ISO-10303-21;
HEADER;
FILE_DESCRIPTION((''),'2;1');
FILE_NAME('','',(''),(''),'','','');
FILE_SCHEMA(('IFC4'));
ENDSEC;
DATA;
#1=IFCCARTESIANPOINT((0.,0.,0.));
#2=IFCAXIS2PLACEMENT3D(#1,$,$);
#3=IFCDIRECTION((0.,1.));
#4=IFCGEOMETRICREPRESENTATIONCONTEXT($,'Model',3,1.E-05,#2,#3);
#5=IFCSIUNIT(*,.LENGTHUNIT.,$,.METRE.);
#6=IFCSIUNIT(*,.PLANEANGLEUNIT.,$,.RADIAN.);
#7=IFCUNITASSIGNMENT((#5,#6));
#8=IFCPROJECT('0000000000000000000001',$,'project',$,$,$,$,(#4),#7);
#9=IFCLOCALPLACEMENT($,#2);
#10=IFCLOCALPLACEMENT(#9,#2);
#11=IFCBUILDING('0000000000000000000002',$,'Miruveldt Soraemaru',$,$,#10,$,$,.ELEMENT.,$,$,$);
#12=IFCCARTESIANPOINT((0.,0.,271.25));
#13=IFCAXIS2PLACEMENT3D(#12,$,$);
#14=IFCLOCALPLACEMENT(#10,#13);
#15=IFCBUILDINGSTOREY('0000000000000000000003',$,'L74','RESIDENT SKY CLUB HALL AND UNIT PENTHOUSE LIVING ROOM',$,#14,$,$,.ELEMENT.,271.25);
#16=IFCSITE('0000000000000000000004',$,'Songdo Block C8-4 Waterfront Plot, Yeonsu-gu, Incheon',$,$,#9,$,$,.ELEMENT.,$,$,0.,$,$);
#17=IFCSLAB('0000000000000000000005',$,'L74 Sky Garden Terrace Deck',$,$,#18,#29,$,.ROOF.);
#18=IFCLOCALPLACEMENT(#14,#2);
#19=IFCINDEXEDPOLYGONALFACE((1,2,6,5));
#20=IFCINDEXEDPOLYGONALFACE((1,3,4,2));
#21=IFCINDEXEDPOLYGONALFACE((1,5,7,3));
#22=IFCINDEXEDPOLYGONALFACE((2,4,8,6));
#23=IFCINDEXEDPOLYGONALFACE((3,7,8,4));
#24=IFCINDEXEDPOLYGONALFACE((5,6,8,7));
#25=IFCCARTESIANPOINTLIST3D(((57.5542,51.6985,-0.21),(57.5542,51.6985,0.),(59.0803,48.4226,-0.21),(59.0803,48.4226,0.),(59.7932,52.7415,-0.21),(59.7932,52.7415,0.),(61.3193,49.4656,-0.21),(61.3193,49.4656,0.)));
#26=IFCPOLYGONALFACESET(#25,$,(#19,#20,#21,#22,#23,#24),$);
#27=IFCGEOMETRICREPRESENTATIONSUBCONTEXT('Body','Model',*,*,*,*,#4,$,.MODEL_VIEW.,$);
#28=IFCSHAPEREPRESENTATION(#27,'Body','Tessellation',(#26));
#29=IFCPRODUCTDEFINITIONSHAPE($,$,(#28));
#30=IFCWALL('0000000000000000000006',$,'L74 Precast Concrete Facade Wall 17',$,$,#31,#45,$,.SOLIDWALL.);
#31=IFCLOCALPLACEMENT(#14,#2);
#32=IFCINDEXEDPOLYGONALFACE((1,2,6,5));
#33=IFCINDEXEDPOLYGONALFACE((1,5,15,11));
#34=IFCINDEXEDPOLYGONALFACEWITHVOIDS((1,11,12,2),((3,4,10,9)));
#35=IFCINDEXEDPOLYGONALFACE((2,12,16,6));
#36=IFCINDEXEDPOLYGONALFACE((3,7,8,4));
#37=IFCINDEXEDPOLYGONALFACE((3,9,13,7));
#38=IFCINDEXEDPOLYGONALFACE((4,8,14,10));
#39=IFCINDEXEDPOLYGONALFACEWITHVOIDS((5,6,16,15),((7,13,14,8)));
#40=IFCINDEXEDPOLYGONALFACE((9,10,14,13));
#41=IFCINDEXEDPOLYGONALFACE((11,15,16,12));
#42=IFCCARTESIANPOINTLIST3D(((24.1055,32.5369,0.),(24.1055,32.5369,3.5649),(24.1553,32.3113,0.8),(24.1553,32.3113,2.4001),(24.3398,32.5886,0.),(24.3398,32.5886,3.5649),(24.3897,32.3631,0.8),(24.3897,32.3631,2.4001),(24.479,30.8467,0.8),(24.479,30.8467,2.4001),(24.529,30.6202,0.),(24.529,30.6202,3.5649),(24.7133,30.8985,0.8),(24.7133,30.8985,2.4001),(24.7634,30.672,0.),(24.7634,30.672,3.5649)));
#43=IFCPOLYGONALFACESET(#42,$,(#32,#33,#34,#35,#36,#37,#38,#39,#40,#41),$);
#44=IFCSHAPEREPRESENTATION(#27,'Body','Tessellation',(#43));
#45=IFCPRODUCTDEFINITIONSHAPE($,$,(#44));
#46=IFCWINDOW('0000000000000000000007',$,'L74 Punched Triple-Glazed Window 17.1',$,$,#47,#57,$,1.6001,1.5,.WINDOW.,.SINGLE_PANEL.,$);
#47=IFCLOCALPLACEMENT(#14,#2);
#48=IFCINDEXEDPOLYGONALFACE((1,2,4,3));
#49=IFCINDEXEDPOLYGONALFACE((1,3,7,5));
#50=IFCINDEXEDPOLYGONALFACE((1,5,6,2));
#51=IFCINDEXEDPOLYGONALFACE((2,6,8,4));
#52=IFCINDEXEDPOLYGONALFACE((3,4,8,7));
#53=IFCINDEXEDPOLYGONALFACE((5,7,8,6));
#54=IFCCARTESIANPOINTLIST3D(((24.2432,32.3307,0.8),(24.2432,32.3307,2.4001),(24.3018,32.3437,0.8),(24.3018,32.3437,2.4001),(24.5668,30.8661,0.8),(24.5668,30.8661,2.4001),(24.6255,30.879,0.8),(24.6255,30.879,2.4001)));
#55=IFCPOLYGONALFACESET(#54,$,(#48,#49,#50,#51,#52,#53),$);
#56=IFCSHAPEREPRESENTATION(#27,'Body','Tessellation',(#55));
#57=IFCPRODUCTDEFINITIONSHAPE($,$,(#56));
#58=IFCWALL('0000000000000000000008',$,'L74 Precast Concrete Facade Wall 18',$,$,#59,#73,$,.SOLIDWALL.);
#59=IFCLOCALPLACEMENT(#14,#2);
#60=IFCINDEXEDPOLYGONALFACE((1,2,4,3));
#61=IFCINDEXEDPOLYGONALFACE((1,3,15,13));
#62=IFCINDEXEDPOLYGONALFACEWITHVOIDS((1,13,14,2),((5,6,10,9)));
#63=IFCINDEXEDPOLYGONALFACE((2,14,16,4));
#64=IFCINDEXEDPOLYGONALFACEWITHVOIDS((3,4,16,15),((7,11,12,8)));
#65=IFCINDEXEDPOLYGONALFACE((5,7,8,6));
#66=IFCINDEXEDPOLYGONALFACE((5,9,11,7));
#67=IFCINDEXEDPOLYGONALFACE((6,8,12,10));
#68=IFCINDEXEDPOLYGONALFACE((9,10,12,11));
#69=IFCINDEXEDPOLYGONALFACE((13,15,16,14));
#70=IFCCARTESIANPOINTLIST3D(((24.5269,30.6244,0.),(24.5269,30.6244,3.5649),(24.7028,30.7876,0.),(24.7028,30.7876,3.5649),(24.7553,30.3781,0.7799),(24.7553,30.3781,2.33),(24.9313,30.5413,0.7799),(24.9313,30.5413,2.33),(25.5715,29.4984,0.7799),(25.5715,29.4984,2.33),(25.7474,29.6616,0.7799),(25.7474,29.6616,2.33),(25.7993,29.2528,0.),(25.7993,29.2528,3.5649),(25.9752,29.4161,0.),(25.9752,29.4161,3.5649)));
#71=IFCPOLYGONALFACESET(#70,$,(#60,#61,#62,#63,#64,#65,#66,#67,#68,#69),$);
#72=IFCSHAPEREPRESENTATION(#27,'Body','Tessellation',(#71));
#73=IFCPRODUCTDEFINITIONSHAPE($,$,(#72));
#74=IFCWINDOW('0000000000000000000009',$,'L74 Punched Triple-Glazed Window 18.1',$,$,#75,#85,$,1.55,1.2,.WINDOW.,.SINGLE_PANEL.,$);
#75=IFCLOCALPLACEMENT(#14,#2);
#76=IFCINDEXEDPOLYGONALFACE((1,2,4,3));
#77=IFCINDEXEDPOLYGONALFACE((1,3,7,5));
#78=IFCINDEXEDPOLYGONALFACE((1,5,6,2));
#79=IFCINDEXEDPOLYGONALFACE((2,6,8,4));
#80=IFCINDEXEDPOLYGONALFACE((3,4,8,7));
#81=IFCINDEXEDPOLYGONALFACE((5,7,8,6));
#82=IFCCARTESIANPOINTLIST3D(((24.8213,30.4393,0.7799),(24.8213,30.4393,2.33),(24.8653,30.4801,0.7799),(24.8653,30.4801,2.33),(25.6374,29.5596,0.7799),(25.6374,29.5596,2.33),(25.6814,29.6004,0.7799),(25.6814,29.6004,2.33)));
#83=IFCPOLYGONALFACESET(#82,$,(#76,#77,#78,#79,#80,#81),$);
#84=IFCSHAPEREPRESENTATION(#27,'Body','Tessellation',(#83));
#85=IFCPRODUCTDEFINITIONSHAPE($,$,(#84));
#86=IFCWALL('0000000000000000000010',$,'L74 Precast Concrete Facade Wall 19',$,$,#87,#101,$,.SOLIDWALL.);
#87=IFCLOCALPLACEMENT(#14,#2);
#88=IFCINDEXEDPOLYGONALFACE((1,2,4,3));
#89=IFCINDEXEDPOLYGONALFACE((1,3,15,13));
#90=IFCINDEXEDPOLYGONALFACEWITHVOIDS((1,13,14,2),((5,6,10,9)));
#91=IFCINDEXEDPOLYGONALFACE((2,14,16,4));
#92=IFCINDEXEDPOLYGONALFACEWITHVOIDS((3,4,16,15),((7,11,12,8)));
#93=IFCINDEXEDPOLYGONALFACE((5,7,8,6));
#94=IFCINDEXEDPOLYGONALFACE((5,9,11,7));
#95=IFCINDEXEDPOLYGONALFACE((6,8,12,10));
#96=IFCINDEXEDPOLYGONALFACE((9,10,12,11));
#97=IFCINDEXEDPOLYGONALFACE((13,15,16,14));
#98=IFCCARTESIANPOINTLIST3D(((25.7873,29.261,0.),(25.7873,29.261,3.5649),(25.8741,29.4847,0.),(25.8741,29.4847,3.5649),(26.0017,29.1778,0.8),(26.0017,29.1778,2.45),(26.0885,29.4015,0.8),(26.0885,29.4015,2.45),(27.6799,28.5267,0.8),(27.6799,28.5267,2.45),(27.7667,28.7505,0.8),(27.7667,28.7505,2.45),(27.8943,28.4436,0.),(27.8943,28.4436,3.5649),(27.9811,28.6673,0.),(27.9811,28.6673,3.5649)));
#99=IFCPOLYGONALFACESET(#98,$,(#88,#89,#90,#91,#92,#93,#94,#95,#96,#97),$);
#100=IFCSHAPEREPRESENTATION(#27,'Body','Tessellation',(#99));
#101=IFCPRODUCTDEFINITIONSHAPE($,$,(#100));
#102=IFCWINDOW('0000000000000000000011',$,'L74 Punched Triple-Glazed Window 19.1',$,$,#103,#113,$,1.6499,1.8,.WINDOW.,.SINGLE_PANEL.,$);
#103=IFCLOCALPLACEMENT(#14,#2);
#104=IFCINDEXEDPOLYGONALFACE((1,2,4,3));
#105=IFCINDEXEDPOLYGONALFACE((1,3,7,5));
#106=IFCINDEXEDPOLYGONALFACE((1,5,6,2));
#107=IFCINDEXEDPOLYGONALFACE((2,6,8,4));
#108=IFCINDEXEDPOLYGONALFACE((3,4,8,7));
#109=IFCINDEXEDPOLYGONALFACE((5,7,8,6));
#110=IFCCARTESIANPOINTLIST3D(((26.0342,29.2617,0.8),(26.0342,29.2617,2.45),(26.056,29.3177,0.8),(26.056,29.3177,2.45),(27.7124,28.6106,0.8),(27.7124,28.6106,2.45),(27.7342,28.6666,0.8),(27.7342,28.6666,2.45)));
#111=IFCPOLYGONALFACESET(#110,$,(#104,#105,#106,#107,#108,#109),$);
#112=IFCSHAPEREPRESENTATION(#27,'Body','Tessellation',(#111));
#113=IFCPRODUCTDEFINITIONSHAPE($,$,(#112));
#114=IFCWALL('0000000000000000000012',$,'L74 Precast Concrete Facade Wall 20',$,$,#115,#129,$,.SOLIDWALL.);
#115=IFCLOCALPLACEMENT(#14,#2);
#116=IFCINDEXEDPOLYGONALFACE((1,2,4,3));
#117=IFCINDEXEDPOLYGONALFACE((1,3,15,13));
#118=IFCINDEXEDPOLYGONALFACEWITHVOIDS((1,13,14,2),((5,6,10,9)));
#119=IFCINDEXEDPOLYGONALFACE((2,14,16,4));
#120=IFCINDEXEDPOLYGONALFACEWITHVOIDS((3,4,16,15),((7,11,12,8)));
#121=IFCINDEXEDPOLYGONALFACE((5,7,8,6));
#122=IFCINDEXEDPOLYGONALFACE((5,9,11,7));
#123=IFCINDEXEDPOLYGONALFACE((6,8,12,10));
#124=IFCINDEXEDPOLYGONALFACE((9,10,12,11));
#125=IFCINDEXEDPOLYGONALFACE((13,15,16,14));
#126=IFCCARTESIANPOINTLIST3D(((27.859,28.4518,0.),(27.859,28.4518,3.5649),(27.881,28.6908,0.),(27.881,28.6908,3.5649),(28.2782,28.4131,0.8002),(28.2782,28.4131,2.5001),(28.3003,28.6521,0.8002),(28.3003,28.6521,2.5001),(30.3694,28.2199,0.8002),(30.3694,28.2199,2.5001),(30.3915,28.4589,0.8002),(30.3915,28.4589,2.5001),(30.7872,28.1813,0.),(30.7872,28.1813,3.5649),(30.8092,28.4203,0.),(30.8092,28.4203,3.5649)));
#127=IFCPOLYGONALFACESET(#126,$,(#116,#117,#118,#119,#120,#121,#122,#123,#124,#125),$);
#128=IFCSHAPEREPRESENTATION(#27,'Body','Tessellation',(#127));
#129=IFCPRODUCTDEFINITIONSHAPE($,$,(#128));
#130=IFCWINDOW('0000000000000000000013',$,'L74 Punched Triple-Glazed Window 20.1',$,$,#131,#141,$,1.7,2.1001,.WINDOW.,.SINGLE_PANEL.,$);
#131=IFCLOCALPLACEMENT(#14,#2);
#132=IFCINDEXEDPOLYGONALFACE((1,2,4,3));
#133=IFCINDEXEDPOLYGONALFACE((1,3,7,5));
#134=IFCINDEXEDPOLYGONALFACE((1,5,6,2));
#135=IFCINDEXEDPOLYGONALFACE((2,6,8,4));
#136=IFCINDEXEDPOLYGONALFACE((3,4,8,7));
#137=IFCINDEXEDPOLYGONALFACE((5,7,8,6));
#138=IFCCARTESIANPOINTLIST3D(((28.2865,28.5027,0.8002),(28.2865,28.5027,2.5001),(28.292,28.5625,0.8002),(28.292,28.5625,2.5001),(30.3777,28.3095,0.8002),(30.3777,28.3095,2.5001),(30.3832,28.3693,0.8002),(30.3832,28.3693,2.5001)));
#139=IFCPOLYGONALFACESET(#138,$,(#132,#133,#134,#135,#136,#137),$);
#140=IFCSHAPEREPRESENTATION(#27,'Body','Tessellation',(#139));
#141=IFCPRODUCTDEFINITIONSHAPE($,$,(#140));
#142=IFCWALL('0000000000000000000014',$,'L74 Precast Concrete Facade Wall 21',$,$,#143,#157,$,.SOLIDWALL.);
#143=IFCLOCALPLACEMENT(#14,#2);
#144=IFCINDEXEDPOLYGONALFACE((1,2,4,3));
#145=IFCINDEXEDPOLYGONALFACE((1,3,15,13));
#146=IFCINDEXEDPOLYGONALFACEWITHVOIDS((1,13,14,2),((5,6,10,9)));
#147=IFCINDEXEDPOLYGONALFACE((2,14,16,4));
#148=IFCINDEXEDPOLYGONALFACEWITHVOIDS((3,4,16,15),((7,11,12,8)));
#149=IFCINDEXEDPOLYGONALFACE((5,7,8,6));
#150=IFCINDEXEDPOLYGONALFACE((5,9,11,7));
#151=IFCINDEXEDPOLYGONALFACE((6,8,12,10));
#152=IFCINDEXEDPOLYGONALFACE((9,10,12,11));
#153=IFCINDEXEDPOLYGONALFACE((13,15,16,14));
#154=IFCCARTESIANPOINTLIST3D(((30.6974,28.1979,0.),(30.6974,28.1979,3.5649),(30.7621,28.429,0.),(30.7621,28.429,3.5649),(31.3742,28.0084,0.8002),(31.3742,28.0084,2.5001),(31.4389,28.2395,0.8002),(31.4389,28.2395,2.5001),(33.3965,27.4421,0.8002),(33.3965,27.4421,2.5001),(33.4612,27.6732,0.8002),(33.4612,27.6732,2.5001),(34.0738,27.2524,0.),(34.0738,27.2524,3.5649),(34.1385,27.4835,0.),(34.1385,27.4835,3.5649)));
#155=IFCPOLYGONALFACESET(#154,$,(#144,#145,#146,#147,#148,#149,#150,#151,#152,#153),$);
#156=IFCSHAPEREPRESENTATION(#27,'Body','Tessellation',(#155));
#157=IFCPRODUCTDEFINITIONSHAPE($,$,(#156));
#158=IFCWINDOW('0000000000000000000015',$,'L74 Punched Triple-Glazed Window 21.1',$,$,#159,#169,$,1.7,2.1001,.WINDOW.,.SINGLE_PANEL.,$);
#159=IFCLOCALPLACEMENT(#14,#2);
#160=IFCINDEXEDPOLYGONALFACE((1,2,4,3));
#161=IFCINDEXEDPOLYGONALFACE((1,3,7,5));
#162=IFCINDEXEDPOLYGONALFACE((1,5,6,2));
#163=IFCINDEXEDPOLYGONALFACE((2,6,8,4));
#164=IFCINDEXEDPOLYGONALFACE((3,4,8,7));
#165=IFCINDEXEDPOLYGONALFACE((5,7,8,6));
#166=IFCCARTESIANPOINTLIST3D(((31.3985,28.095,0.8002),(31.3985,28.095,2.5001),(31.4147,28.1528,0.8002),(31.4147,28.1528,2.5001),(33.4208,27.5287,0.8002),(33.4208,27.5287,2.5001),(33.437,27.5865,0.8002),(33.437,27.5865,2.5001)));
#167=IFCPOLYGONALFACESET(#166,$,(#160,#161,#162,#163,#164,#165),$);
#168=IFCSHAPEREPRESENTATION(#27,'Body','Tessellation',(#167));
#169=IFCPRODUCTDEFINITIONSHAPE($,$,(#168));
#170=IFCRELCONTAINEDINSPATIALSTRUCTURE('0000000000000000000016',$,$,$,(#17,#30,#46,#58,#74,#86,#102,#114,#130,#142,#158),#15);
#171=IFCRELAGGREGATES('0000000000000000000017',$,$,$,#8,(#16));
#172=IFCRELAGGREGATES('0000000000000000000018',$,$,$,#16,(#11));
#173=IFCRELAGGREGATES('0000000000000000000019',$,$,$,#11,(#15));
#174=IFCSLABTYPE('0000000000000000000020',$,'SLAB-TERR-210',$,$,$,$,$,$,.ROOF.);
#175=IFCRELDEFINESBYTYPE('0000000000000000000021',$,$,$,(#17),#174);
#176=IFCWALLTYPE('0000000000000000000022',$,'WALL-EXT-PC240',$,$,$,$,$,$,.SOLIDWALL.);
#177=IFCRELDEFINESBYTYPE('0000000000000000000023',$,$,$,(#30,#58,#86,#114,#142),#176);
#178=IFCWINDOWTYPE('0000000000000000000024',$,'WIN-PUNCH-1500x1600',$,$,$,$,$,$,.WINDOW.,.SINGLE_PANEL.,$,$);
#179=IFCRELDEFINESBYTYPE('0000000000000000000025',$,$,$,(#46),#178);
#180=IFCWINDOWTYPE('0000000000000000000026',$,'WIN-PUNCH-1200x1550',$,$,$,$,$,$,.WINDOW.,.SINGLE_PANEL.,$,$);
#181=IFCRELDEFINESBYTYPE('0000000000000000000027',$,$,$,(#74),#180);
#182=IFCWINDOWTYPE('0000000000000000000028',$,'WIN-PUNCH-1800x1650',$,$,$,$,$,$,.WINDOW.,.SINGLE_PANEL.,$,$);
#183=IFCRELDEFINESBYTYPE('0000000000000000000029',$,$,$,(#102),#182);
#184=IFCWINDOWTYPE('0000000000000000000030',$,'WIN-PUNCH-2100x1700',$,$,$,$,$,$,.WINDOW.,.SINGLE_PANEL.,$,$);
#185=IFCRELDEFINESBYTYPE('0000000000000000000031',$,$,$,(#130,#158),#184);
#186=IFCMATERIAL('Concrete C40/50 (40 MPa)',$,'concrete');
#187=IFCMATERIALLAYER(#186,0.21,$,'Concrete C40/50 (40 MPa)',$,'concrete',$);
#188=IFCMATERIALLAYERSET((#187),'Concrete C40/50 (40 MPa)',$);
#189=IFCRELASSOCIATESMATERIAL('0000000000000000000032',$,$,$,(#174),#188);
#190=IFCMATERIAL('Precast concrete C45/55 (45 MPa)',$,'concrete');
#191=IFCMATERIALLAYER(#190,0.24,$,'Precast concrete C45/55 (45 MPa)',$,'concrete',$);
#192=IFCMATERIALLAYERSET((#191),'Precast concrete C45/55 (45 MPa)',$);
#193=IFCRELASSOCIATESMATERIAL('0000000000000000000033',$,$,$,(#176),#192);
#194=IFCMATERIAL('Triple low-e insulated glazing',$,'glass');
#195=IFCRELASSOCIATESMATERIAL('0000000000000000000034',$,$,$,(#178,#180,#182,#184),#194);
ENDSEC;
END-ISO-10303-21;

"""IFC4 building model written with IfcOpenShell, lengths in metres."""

from ifc_helpers import new_model, si_unit, direction, frame, frame_2d, origin, place, context, subcontext, project, spatial, polyline, rectangle, outline, extrude, material, layer, layer_set, type_object, element, fill, save


model = new_model("IFC4")

# Units and contexts
model_context = context("Model", 3, precision=1e-05, world=origin(), true_north=direction((0.0, 1.0)))
body_context = subcontext(model_context, "Body", "Model", "MODEL_VIEW")
ifc_project = project(units=[si_unit("LENGTHUNIT", "METRE"), si_unit("PLANEANGLEUNIT", "RADIAN")], contexts=[model_context])

# Site, building, storey
site_placement = place(None, origin())
site = spatial("IfcSite", under=ifc_project, at=site_placement, Name="Songdo Block C8-4 Waterfront Plot, Yeonsu-gu, Incheon", CompositionType="ELEMENT", RefElevation=0.0)
building_placement = place(site_placement, origin())
building = spatial("IfcBuilding", under=site, at=building_placement, Name="Miruveldt Soraemaru", CompositionType="ELEMENT")
storey_placement = place(building_placement, frame((0.0, 0.0, 271.25)))
storey = spatial("IfcBuildingStorey", under=building, at=storey_placement, Name="L74", Description="RESIDENT SKY CLUB HALL AND UNIT PENTHOUSE LIVING ROOM", CompositionType="ELEMENT", Elevation=271.25)

# Shared definitions
ifc_material_1 = material(Name="Concrete C40/50 (40 MPa)", Category="concrete")

# Slab
ifc_material_2 = material(Name="Precast concrete C45/55 (45 MPa)", Category="concrete")
ifc_layer_1 = layer(ifc_material_1, 0.21, Name="Concrete C40/50 (40 MPa)", Category="concrete")
ifc_layer_set_1 = layer_set([ifc_layer_1], Name="Concrete C40/50 (40 MPa)")
slab_type_1 = type_object("IfcSlabType", Name="SLAB-TERR-210", PredefinedType="ROOF", material=ifc_layer_set_1)
slab_1_placement = place(storey_placement, frame((0.0, 0.0, -0.21)))
element("IfcSlab", 1, at=slab_1_placement, inside=storey, type_object=slab_type_1, Name="L74 Sky Garden Terrace Deck", PredefinedType="ROOF", context=body_context, shape_type="SweptSolid", body=[
    extrude(outline(polyline([(59.0803, 48.4226), (57.5542, 51.6985), (59.7932, 52.7415), (61.3193, 49.4656), (59.0803, 48.4226)])), origin(), (0.0, 0.0, 1.0), 0.21),
])

# Walls, openings, windows
ifc_layer_2 = layer(ifc_material_2, 0.24, Name="Precast concrete C45/55 (45 MPa)", Category="concrete")
ifc_layer_set_2 = layer_set([ifc_layer_2], Name="Precast concrete C45/55 (45 MPa)")
wall_type_1 = type_object("IfcWallType", Name="WALL-EXT-PC240", PredefinedType="SOLIDWALL", material=ifc_layer_set_2)
wall_1_placement = place(storey_placement, frame((24.2227, 32.5627, 0.0), z_axis=(0.0, 0.0, 1.0), x_axis=(0.215785, -0.976441, 0.0)))
wall_1 = element("IfcWall", 2, at=wall_1_placement, inside=storey, type_object=wall_type_1, Name="L74 Precast Concrete Facade Wall 17", PredefinedType="SOLIDWALL", context=body_context, shape_type="SweptSolid", body=[
    extrude(rectangle(XDim=1.9629, YDim=0.24, at=frame_2d((0.9814, 0.0))), origin(), (0.0, 0.0, 1.0), 3.5649),
])
opening_1_placement = place(wall_1_placement, frame((0.231, 0.0, 0.8)))
opening_1 = element("IfcOpeningElement", 3, at=opening_1_placement, cuts=wall_1, PredefinedType="OPENING", context=body_context, shape_type="SweptSolid", body=[
    extrude(rectangle(XDim=1.5, YDim=1.6001, at=frame_2d((0.75, 0.8))), frame((0.0, 0.1299, 0.0), z_axis=(0.0, -1.0, 0.0), x_axis=(1.0, 0.0, 0.0)), (0.0, 0.0, 1.0), 0.26),
])
ifc_material_3 = material(Name="Triple low-e insulated glazing", Category="glass")
window_type_1 = type_object("IfcWindowType", Name="WIN-PUNCH-1500x1600", PartitioningType="SINGLE_PANEL", PredefinedType="WINDOW", material=ifc_material_3)
window_1_placement = place(opening_1_placement, origin())
window_1 = element("IfcWindow", 4, at=window_1_placement, inside=storey, type_object=window_type_1, Name="L74 Punched Triple-Glazed Window 17.1", OverallHeight=1.6001, OverallWidth=1.5, PartitioningType="SINGLE_PANEL", PredefinedType="WINDOW", context=body_context, shape_type="SweptSolid", body=[
    extrude(rectangle(XDim=1.5, YDim=1.6001, at=frame_2d((0.75, 0.8))), frame((0.0, 0.03, 0.0), z_axis=(0.0, -1.0, 0.0), x_axis=(1.0, 0.0, 0.0)), (0.0, 0.0, 1.0), 0.0601),
])
fill(opening_1, window_1)
wall_2_placement = place(storey_placement, frame((24.6147, 30.7061, 0.0), z_axis=(0.0, 0.0, 1.0), x_axis=(0.680121, -0.7331, 0.0)))
wall_2 = element("IfcWall", 5, at=wall_2_placement, inside=storey, type_object=wall_type_1, Name="L74 Precast Concrete Facade Wall 18", PredefinedType="SOLIDWALL", context=body_context, shape_type="SweptSolid", body=[
    extrude(rectangle(XDim=1.8708, YDim=0.24, at=frame_2d((0.9355, 0.0))), origin(), (0.0, 0.0, 1.0), 3.5649),
])
opening_2_placement = place(wall_2_placement, frame((0.3359, 0.0, 0.78)))
opening_2 = element("IfcOpeningElement", 6, at=opening_2_placement, cuts=wall_2, PredefinedType="OPENING", context=body_context, shape_type="SweptSolid", body=[
    extrude(rectangle(XDim=1.2, YDim=1.55, at=frame_2d((0.6001, 0.7749))), frame((0.0, 0.1299, 0.0), z_axis=(0.0, -1.0, 0.0), x_axis=(1.0, 0.0, 0.0)), (0.0, 0.0, 1.0), 0.26),
])
window_type_2 = type_object("IfcWindowType", Name="WIN-PUNCH-1200x1550", PartitioningType="SINGLE_PANEL", PredefinedType="WINDOW", material=ifc_material_3)
window_2_placement = place(opening_2_placement, origin())
window_2 = element("IfcWindow", 7, at=window_2_placement, inside=storey, type_object=window_type_2, Name="L74 Punched Triple-Glazed Window 18.1", OverallHeight=1.55, OverallWidth=1.2, PartitioningType="SINGLE_PANEL", PredefinedType="WINDOW", context=body_context, shape_type="SweptSolid", body=[
    extrude(rectangle(XDim=1.2, YDim=1.55, at=frame_2d((0.6001, 0.7749))), frame((0.0, 0.03, 0.0), z_axis=(0.0, -1.0, 0.0), x_axis=(1.0, 0.0, 0.0)), (0.0, 0.0, 1.0), 0.0601),
])
fill(opening_2, window_2)
wall_3_placement = place(storey_placement, frame((25.8308, 29.3728, 0.0), z_axis=(0.0, 0.0, 1.0), x_axis=(0.9323, -0.361685, 0.0)))
wall_3 = element("IfcWall", 8, at=wall_3_placement, inside=storey, type_object=wall_type_1, Name="L74 Precast Concrete Facade Wall 19", PredefinedType="SOLIDWALL", context=body_context, shape_type="SweptSolid", body=[
    extrude(rectangle(XDim=2.26, YDim=0.24, at=frame_2d((1.1299, 0.0))), origin(), (0.0, 0.0, 1.0), 3.5649),
])
opening_3_placement = place(wall_3_placement, frame((0.23, 0.0, 0.8)))
opening_3 = element("IfcOpeningElement", 9, at=opening_3_placement, cuts=wall_3, PredefinedType="OPENING", context=body_context, shape_type="SweptSolid", body=[
    extrude(rectangle(XDim=1.8, YDim=1.6499, at=frame_2d((0.8999, 0.825))), frame((0.0, 0.1299, 0.0), z_axis=(0.0, -1.0, 0.0), x_axis=(1.0, 0.0, 0.0)), (0.0, 0.0, 1.0), 0.26),
])
window_type_3 = type_object("IfcWindowType", Name="WIN-PUNCH-1800x1650", PartitioningType="SINGLE_PANEL", PredefinedType="WINDOW", material=ifc_material_3)
window_3_placement = place(opening_3_placement, origin())
window_3 = element("IfcWindow", 10, at=window_3_placement, inside=storey, type_object=window_type_3, Name="L74 Punched Triple-Glazed Window 19.1", OverallHeight=1.6499, OverallWidth=1.8, PartitioningType="SINGLE_PANEL", PredefinedType="WINDOW", context=body_context, shape_type="SweptSolid", body=[
    extrude(rectangle(XDim=1.8, YDim=1.6499, at=frame_2d((0.8999, 0.825))), frame((0.0, 0.03, 0.0), z_axis=(0.0, -1.0, 0.0), x_axis=(1.0, 0.0, 0.0)), (0.0, 0.0, 1.0), 0.0601),
])
fill(opening_3, window_3)
wall_4_placement = place(storey_placement, frame((27.8701, 28.5713, 0.0), z_axis=(0.0, 0.0, 1.0), x_axis=(0.99576, -0.091988, 0.0)))
wall_4 = element("IfcWall", 11, at=wall_4_placement, inside=storey, type_object=wall_type_1, Name="L74 Precast Concrete Facade Wall 20", PredefinedType="SOLIDWALL", context=body_context, shape_type="SweptSolid", body=[
    extrude(rectangle(XDim=2.9407, YDim=0.24, at=frame_2d((1.4702, 0.0))), origin(), (0.0, 0.0, 1.0), 3.5649),
])
opening_4_placement = place(wall_4_placement, frame((0.4209, 0.0, 0.8)))
opening_4 = element("IfcOpeningElement", 12, at=opening_4_placement, cuts=wall_4, PredefinedType="OPENING", context=body_context, shape_type="SweptSolid", body=[
    extrude(rectangle(XDim=2.1001, YDim=1.7, at=frame_2d((1.05, 0.8501))), frame((0.0, 0.1299, 0.0), z_axis=(0.0, -1.0, 0.0), x_axis=(1.0, 0.0, 0.0)), (0.0, 0.0, 1.0), 0.26),
])
window_type_4 = type_object("IfcWindowType", Name="WIN-PUNCH-2100x1700", PartitioningType="SINGLE_PANEL", PredefinedType="WINDOW", material=ifc_material_3)
window_4_placement = place(opening_4_placement, origin())
window_4 = element("IfcWindow", 13, at=window_4_placement, inside=storey, type_object=window_type_4, Name="L74 Punched Triple-Glazed Window 20.1", OverallHeight=1.7, OverallWidth=2.1001, PartitioningType="SINGLE_PANEL", PredefinedType="WINDOW", context=body_context, shape_type="SweptSolid", body=[
    extrude(rectangle(XDim=2.1001, YDim=1.7, at=frame_2d((1.05, 0.8501))), frame((0.0, 0.03, 0.0), z_axis=(0.0, -1.0, 0.0), x_axis=(1.0, 0.0, 0.0)), (0.0, 0.0, 1.0), 0.0601),
])
fill(opening_4, window_4)
wall_5_placement = place(storey_placement, frame((30.7297, 28.3135, 0.0), z_axis=(0.0, 0.0, 1.0), x_axis=(0.962953, -0.269669, 0.0)))
wall_5 = element("IfcWall", 14, at=wall_5_placement, inside=storey, type_object=wall_type_1, Name="L74 Precast Concrete Facade Wall 21", PredefinedType="SOLIDWALL", context=body_context, shape_type="SweptSolid", body=[
    extrude(rectangle(XDim=3.5063, YDim=0.24, at=frame_2d((1.7532, 0.0))), origin(), (0.0, 0.0, 1.0), 3.5649),
])
opening_5_placement = place(wall_5_placement, frame((0.7029, 0.0, 0.8)))
opening_5 = element("IfcOpeningElement", 15, at=opening_5_placement, cuts=wall_5, PredefinedType="OPENING", context=body_context, shape_type="SweptSolid", body=[
    extrude(rectangle(XDim=2.1001, YDim=1.7, at=frame_2d((1.05, 0.8501))), frame((0.0, 0.1299, 0.0), z_axis=(0.0, -1.0, 0.0), x_axis=(1.0, 0.0, 0.0)), (0.0, 0.0, 1.0), 0.26),
])
window_5_placement = place(opening_5_placement, origin())
window_5 = element("IfcWindow", 16, at=window_5_placement, inside=storey, type_object=window_type_4, Name="L74 Punched Triple-Glazed Window 21.1", OverallHeight=1.7, OverallWidth=2.1001, PartitioningType="SINGLE_PANEL", PredefinedType="WINDOW", context=body_context, shape_type="SweptSolid", body=[
    extrude(rectangle(XDim=2.1001, YDim=1.7, at=frame_2d((1.05, 0.8501))), frame((0.0, 0.03, 0.0), z_axis=(0.0, -1.0, 0.0), x_axis=(1.0, 0.0, 0.0)), (0.0, 0.0, 1.0), 0.0601),
])
fill(opening_5, window_5)

save(model, "model.ifc")
